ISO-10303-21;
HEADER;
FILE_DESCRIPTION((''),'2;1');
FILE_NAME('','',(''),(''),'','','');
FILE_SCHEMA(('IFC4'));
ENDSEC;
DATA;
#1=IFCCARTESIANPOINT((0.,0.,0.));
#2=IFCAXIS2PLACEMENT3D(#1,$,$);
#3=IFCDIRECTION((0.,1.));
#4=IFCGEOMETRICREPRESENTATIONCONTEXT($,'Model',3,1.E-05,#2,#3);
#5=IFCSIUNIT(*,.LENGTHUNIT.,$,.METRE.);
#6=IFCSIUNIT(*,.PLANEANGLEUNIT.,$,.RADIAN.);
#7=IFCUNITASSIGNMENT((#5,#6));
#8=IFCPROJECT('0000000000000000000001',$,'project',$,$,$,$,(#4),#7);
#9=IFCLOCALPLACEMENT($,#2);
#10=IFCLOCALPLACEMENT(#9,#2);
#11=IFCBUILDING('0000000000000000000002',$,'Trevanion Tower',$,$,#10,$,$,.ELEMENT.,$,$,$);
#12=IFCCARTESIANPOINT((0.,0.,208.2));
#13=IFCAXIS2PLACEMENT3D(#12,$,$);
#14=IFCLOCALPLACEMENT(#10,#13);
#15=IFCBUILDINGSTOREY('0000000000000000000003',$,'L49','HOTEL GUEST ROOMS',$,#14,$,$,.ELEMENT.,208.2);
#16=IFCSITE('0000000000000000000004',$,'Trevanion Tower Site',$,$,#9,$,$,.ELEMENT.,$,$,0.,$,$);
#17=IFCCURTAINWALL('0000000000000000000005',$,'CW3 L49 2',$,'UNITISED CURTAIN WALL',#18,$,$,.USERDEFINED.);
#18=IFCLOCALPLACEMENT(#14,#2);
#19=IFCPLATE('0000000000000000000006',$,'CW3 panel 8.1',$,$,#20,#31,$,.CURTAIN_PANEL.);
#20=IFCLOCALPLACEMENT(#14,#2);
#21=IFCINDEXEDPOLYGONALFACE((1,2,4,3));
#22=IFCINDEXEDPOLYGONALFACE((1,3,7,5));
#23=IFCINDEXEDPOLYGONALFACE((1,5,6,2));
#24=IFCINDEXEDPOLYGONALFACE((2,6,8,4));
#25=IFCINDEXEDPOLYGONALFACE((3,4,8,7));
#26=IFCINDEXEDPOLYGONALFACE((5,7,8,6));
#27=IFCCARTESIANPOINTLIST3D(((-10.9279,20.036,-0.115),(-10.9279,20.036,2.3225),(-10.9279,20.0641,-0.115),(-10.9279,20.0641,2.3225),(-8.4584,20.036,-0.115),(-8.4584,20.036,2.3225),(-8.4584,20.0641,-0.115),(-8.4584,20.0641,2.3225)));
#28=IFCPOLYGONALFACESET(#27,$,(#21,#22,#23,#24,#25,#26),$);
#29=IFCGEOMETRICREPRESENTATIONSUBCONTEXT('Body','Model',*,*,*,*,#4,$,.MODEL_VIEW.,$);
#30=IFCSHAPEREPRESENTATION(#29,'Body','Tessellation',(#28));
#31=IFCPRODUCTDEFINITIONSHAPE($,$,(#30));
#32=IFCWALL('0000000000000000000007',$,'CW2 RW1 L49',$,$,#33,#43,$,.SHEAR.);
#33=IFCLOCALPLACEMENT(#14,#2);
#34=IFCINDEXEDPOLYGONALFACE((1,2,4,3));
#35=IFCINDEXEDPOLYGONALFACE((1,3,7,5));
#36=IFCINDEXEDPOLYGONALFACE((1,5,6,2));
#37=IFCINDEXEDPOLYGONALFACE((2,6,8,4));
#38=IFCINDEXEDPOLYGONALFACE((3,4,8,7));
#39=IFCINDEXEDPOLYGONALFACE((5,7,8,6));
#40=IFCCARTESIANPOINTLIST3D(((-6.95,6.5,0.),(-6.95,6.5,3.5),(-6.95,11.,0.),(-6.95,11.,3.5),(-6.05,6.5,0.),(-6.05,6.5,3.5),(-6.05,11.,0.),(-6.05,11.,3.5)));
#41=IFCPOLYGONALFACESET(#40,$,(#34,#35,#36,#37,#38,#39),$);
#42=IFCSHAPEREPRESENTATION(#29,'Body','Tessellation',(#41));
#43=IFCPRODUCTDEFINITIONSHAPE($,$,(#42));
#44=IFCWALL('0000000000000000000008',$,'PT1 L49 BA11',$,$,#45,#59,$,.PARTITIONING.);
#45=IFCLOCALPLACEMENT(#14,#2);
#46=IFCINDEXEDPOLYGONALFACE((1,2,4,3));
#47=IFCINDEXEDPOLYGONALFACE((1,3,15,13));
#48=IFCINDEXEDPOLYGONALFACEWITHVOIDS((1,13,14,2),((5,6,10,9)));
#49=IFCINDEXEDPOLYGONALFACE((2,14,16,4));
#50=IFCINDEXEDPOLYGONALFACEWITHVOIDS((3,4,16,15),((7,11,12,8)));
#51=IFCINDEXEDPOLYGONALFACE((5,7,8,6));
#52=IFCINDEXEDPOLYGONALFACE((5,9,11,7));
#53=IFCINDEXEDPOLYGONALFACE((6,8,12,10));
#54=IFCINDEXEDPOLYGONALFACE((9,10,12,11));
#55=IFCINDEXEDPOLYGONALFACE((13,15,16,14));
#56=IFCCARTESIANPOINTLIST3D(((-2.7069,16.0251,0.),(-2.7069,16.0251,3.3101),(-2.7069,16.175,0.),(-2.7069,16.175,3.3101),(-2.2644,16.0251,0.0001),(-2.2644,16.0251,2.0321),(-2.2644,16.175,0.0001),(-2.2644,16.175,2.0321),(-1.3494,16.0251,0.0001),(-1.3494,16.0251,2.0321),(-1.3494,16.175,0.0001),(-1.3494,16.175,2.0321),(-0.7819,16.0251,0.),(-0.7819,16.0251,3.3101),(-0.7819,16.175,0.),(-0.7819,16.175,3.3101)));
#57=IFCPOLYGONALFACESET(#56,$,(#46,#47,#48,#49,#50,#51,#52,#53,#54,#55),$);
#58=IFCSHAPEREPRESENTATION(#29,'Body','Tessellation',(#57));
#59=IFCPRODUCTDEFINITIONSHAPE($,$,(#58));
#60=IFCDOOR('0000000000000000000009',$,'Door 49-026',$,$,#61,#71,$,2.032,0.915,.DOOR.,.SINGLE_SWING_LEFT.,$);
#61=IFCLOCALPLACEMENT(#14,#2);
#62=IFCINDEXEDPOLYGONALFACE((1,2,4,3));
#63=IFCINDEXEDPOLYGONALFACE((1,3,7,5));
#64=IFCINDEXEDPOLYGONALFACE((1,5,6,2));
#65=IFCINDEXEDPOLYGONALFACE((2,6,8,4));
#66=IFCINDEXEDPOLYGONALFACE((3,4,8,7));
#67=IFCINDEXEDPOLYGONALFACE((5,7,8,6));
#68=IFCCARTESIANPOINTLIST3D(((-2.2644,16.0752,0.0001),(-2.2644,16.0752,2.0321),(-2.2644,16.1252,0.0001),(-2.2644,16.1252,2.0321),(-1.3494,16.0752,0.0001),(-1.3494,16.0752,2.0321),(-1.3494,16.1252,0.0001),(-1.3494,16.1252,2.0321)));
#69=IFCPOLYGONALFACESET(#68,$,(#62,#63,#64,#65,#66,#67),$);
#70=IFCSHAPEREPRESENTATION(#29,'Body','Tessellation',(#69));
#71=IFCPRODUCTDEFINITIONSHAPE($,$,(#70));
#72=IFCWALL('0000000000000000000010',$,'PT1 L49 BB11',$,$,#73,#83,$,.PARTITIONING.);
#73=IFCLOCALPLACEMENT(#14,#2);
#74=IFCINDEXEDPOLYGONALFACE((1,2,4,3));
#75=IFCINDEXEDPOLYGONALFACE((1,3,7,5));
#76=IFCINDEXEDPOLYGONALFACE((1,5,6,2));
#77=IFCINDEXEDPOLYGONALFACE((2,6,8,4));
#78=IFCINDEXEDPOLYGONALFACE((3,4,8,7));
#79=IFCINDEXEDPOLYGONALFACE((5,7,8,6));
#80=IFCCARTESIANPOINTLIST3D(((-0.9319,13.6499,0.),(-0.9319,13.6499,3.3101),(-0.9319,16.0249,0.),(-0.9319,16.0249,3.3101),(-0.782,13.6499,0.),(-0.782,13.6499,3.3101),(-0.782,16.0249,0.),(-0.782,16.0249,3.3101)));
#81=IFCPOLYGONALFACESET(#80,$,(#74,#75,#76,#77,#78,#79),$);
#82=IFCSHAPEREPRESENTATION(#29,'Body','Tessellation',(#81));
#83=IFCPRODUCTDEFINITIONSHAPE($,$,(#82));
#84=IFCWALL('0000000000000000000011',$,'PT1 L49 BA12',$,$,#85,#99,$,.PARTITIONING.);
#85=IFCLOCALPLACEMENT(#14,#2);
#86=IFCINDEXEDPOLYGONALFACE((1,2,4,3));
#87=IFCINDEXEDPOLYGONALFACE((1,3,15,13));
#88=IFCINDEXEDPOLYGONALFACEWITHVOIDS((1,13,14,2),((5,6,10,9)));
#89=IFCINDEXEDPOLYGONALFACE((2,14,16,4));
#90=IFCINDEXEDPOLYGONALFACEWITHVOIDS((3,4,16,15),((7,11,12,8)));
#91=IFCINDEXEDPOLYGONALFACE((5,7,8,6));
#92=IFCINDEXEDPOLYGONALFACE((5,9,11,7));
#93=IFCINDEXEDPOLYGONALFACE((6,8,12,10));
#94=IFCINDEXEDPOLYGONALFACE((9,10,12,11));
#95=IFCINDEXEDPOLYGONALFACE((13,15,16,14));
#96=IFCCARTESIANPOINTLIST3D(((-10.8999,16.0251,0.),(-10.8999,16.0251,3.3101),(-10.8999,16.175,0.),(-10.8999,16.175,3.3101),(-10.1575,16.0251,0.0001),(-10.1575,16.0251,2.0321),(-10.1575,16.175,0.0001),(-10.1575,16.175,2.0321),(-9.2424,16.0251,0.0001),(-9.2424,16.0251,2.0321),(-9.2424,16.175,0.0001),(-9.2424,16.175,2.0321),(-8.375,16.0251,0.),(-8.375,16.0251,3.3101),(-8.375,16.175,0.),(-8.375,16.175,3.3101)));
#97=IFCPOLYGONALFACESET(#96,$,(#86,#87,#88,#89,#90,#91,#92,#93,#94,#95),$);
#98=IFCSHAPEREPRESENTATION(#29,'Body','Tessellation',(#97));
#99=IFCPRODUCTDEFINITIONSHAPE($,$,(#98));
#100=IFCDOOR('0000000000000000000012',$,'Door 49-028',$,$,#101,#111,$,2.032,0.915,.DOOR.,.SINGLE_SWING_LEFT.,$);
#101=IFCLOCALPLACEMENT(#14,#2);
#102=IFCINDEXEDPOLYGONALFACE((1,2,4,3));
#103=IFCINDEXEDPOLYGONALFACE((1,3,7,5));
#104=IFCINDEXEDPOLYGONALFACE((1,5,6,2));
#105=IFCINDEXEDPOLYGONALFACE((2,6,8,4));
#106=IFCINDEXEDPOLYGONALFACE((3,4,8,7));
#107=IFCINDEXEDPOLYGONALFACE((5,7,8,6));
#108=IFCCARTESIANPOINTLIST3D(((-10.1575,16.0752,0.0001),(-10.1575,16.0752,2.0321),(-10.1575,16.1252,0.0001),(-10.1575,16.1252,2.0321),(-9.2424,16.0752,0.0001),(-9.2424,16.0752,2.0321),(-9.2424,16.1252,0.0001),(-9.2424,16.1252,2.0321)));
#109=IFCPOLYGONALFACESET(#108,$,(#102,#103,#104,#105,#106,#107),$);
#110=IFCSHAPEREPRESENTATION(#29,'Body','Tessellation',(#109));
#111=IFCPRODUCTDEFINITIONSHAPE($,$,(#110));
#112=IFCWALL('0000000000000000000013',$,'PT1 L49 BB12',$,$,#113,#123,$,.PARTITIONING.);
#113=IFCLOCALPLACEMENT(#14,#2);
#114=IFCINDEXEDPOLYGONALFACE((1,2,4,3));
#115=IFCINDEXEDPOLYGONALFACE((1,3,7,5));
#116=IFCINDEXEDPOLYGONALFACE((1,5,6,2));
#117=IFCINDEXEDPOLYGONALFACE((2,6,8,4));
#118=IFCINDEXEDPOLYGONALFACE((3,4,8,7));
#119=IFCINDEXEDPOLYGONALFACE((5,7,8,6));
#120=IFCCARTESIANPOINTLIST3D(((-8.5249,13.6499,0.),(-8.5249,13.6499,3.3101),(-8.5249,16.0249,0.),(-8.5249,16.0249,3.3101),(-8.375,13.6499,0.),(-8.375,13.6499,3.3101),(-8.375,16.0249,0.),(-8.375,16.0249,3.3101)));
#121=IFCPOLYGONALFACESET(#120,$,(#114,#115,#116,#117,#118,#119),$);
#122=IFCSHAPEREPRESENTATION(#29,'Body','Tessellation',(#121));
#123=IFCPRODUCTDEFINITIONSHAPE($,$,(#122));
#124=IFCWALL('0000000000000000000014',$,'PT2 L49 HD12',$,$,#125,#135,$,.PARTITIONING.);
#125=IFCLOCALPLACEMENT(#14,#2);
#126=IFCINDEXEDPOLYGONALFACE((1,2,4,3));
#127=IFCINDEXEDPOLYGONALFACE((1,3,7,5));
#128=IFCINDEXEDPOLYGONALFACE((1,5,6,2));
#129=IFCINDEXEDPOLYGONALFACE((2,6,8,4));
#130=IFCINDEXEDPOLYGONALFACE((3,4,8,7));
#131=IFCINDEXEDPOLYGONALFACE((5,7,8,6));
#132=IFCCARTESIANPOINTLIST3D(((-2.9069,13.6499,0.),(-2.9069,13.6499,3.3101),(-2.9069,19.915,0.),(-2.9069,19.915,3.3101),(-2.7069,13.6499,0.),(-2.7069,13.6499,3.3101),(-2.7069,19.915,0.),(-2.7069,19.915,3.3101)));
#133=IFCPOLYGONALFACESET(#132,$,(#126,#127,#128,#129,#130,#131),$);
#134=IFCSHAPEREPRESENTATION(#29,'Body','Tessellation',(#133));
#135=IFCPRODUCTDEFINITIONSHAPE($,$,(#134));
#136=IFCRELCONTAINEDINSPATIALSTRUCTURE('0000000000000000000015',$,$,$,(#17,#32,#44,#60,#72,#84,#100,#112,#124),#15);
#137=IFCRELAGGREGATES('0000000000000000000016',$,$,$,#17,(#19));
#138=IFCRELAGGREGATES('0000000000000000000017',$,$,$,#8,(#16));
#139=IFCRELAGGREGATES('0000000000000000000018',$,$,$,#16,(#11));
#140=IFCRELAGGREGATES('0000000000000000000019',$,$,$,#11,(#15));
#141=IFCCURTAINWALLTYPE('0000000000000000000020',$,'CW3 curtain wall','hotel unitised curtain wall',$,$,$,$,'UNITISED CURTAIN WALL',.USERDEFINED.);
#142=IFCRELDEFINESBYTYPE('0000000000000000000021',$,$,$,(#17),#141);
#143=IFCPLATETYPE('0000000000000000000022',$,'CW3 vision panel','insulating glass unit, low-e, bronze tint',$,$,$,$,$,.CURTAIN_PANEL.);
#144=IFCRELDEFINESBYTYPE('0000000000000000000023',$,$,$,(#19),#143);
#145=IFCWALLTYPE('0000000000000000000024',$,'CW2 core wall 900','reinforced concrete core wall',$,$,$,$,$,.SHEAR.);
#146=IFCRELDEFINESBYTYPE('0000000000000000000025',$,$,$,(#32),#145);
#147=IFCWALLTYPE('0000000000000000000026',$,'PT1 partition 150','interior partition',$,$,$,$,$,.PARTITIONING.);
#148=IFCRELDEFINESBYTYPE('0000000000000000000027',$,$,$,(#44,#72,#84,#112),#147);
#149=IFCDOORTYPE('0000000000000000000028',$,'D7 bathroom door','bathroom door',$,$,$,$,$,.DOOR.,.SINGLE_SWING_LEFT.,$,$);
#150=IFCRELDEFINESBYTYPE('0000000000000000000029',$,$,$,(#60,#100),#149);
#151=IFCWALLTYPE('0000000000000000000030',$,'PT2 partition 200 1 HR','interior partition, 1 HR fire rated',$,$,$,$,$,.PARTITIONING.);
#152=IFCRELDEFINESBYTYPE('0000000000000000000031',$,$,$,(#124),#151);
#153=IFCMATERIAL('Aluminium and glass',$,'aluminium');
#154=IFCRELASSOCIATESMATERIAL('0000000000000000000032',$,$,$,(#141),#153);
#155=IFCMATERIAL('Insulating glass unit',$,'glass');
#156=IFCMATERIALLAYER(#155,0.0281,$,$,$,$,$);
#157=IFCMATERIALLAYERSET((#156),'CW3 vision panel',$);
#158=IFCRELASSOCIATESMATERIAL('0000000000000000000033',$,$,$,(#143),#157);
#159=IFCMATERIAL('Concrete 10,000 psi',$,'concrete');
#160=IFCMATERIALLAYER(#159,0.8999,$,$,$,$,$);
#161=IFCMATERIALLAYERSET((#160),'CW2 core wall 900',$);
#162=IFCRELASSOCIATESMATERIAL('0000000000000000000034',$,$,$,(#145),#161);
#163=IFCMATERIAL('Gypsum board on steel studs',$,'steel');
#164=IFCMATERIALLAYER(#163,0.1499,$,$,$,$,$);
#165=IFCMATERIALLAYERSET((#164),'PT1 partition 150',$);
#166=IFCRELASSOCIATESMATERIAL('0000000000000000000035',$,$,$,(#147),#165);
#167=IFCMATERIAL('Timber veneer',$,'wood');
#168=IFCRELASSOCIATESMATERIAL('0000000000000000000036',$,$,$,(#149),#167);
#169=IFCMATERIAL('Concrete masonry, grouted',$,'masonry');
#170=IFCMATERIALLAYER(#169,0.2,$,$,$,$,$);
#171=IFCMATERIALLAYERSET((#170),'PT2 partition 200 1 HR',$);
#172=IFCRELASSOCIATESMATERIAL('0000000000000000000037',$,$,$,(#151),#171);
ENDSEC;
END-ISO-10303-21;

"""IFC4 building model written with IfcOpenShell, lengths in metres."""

from ifc_helpers import new_model, si_unit, direction, frame, frame_2d, origin, origin_2d, place, context, subcontext, project, spatial, rectangle, extrude, material, layer, layer_set, type_object, element, fill, aggregate, save


model = new_model("IFC4")

# Units and contexts
model_context = context("Model", 3, precision=1e-05, world=origin(), true_north=direction((0.0, 1.0)))
body_context = subcontext(model_context, "Body", "Model", "MODEL_VIEW")
ifc_project = project(units=[si_unit("LENGTHUNIT", "METRE"), si_unit("PLANEANGLEUNIT", "RADIAN")], contexts=[model_context])

# Site, building, storey
site_placement = place(None, origin())
site = spatial("IfcSite", under=ifc_project, at=site_placement, Name="Trevanion Tower Site", CompositionType="ELEMENT", RefElevation=0.0)
building_placement = place(site_placement, origin())
building = spatial("IfcBuilding", under=site, at=building_placement, Name="Trevanion Tower", CompositionType="ELEMENT")
storey_placement = place(building_placement, frame((0.0, 0.0, 208.2)))
storey = spatial("IfcBuildingStorey", under=building, at=storey_placement, Name="L49", Description="HOTEL GUEST ROOMS", CompositionType="ELEMENT", Elevation=208.2)

# Curtain wall
ifc_material_1 = material(Name="Aluminium and glass", Category="aluminium")
curtain_wall_type = type_object("IfcCurtainWallType", Name="CW3 curtain wall", Description="hotel unitised curtain wall", ElementType="UNITISED CURTAIN WALL", PredefinedType="USERDEFINED", material=ifc_material_1)
curtain_wall_placement = place(storey_placement, origin())
curtain_wall = element("IfcCurtainWall", 1, at=curtain_wall_placement, inside=storey, type_object=curtain_wall_type, Name="CW3 L49 2", ObjectType="UNITISED CURTAIN WALL", PredefinedType="USERDEFINED")

# Plate
ifc_material_2 = material(Name="Insulating glass unit", Category="glass")
ifc_layer_1 = layer(ifc_material_2, 0.0281)
ifc_layer_set_1 = layer_set([ifc_layer_1], Name="CW3 vision panel")
plate_type_1 = type_object("IfcPlateType", Name="CW3 vision panel", Description="insulating glass unit, low-e, bronze tint", PredefinedType="CURTAIN_PANEL", material=ifc_layer_set_1)
plate_1_placement = place(storey_placement, frame((-9.6931, 20.05, -0.115), z_axis=(0.0, 0.0, 1.0), x_axis=(-1.0, 0.0, 0.0)))
plate_1 = element("IfcPlate", 2, at=plate_1_placement, type_object=plate_type_1, Name="CW3 panel 8.1", PredefinedType="CURTAIN_PANEL", context=body_context, shape_type="SweptSolid", body=[
    extrude(rectangle(XDim=2.4695, YDim=0.0281, at=origin_2d()), origin(), (0.0, 0.0, 1.0), 2.4375),
])
aggregate(curtain_wall, [plate_1])

# Wall
ifc_material_3 = material(Name="Concrete 10,000 psi", Category="concrete")
ifc_layer_2 = layer(ifc_material_3, 0.8999)
ifc_layer_set_2 = layer_set([ifc_layer_2], Name="CW2 core wall 900")
wall_type_1 = type_object("IfcWallType", Name="CW2 core wall 900", Description="reinforced concrete core wall", PredefinedType="SHEAR", material=ifc_layer_set_2)
wall_1_placement = place(storey_placement, frame((-6.5, 11.0, 0.0), z_axis=(0.0, 0.0, 1.0), x_axis=(0.0, -1.0, 0.0)))
element("IfcWall", 3, at=wall_1_placement, inside=storey, type_object=wall_type_1, Name="CW2 RW1 L49", PredefinedType="SHEAR", context=body_context, shape_type="SweptSolid", body=[
    extrude(rectangle(XDim=4.5, YDim=0.8999, at=frame_2d((2.25, 0.0))), origin(), (0.0, 0.0, 1.0), 3.5),
])

# Wall, opening, door
ifc_material_4 = material(Name="Gypsum board on steel studs", Category="steel")
ifc_layer_3 = layer(ifc_material_4, 0.1499)
ifc_layer_set_3 = layer_set([ifc_layer_3], Name="PT1 partition 150")
wall_type_2 = type_object("IfcWallType", Name="PT1 partition 150", Description="interior partition", PredefinedType="PARTITIONING", material=ifc_layer_set_3)
wall_2_placement = place(storey_placement, frame((-0.782, 16.1001, 0.0), z_axis=(0.0, 0.0, 1.0), x_axis=(-1.0, 0.0, 0.0)))
wall_2 = element("IfcWall", 4, at=wall_2_placement, inside=storey, type_object=wall_type_2, Name="PT1 L49 BA11", PredefinedType="PARTITIONING", context=body_context, shape_type="SweptSolid", body=[
    extrude(rectangle(XDim=1.925, YDim=0.1499, at=frame_2d((0.9624, 0.0))), origin(), (0.0, 0.0, 1.0), 3.3101),
])
opening_1_placement = place(wall_2_placement, frame((0.5674, 0.0, 0.0)))
opening_1 = element("IfcOpeningElement", 5, at=opening_1_placement, cuts=wall_2, PredefinedType="OPENING", context=body_context, shape_type="SweptSolid", body=[
    extrude(rectangle(XDim=0.915, YDim=2.032, at=frame_2d((0.4575, 1.0161))), frame((0.0, 0.085, 0.0), z_axis=(0.0, -1.0, 0.0), x_axis=(1.0, 0.0, 0.0)), (0.0, 0.0, 1.0), 0.1699),
])
ifc_material_5 = material(Name="Timber veneer", Category="wood")
door_type = type_object("IfcDoorType", Name="D7 bathroom door", Description="bathroom door", OperationType="SINGLE_SWING_LEFT", PredefinedType="DOOR", material=ifc_material_5)
door_1_placement = place(opening_1_placement, origin())
door_1 = element("IfcDoor", 6, at=door_1_placement, inside=storey, type_object=door_type, Name="Door 49-026", OperationType="SINGLE_SWING_LEFT", OverallHeight=2.032, OverallWidth=0.915, PredefinedType="DOOR", context=body_context, shape_type="SweptSolid", body=[
    extrude(rectangle(XDim=0.915, YDim=2.032, at=frame_2d((0.4575, 1.0161))), frame((0.0, 0.0249, 0.0), z_axis=(0.0, -1.0, 0.0), x_axis=(1.0, 0.0, 0.0)), (0.0, 0.0, 1.0), 0.05),
])
fill(opening_1, door_1)

# Wall
wall_3_placement = place(storey_placement, frame((-0.8569, 13.6499, 0.0), z_axis=(0.0, 0.0, 1.0), x_axis=(0.0, 1.0, 0.0)))
element("IfcWall", 7, at=wall_3_placement, inside=storey, type_object=wall_type_2, Name="PT1 L49 BB11", PredefinedType="PARTITIONING", context=body_context, shape_type="SweptSolid", body=[
    extrude(rectangle(XDim=2.375, YDim=0.1499, at=frame_2d((1.1875, 0.0))), origin(), (0.0, 0.0, 1.0), 3.3101),
])

# Wall, opening, door
wall_4_placement = place(storey_placement, frame((-8.375, 16.1001, 0.0), z_axis=(0.0, 0.0, 1.0), x_axis=(-1.0, 0.0, 0.0)))
wall_4 = element("IfcWall", 8, at=wall_4_placement, inside=storey, type_object=wall_type_2, Name="PT1 L49 BA12", PredefinedType="PARTITIONING", context=body_context, shape_type="SweptSolid", body=[
    extrude(rectangle(XDim=2.5249, YDim=0.1499, at=frame_2d((1.2625, 0.0))), origin(), (0.0, 0.0, 1.0), 3.3101),
])
opening_2_placement = place(wall_4_placement, frame((0.8674, 0.0, 0.0)))
opening_2 = element("IfcOpeningElement", 9, at=opening_2_placement, cuts=wall_4, PredefinedType="OPENING", context=body_context, shape_type="SweptSolid", body=[
    extrude(rectangle(XDim=0.915, YDim=2.032, at=frame_2d((0.4575, 1.0161))), frame((0.0, 0.085, 0.0), z_axis=(0.0, -1.0, 0.0), x_axis=(1.0, 0.0, 0.0)), (0.0, 0.0, 1.0), 0.1699),
])
door_2_placement = place(opening_2_placement, origin())
door_2 = element("IfcDoor", 10, at=door_2_placement, inside=storey, type_object=door_type, Name="Door 49-028", OperationType="SINGLE_SWING_LEFT", OverallHeight=2.032, OverallWidth=0.915, PredefinedType="DOOR", context=body_context, shape_type="SweptSolid", body=[
    extrude(rectangle(XDim=0.915, YDim=2.032, at=frame_2d((0.4575, 1.0161))), frame((0.0, 0.0249, 0.0), z_axis=(0.0, -1.0, 0.0), x_axis=(1.0, 0.0, 0.0)), (0.0, 0.0, 1.0), 0.05),
])
fill(opening_2, door_2)

# Walls
wall_5_placement = place(storey_placement, frame((-8.45, 13.6499, 0.0), z_axis=(0.0, 0.0, 1.0), x_axis=(0.0, 1.0, 0.0)))
element("IfcWall", 11, at=wall_5_placement, inside=storey, type_object=wall_type_2, Name="PT1 L49 BB12", PredefinedType="PARTITIONING", context=body_context, shape_type="SweptSolid", body=[
    extrude(rectangle(XDim=2.375, YDim=0.1499, at=frame_2d((1.1875, 0.0))), origin(), (0.0, 0.0, 1.0), 3.3101),
])
ifc_material_6 = material(Name="Concrete masonry, grouted", Category="masonry")
ifc_layer_4 = layer(ifc_material_6, 0.2)
ifc_layer_set_4 = layer_set([ifc_layer_4], Name="PT2 partition 200 1 HR")
wall_type_3 = type_object("IfcWallType", Name="PT2 partition 200 1 HR", Description="interior partition, 1 HR fire rated", PredefinedType="PARTITIONING", material=ifc_layer_set_4)
wall_6_placement = place(storey_placement, frame((-2.8069, 13.6499, 0.0), z_axis=(0.0, 0.0, 1.0), x_axis=(0.0, 1.0, 0.0)))
element("IfcWall", 12, at=wall_6_placement, inside=storey, type_object=wall_type_3, Name="PT2 L49 HD12", PredefinedType="PARTITIONING", context=body_context, shape_type="SweptSolid", body=[
    extrude(rectangle(XDim=6.2651, YDim=0.2, at=frame_2d((3.1326, 0.0))), origin(), (0.0, 0.0, 1.0), 3.3101),
])

save(model, "model.ifc")
